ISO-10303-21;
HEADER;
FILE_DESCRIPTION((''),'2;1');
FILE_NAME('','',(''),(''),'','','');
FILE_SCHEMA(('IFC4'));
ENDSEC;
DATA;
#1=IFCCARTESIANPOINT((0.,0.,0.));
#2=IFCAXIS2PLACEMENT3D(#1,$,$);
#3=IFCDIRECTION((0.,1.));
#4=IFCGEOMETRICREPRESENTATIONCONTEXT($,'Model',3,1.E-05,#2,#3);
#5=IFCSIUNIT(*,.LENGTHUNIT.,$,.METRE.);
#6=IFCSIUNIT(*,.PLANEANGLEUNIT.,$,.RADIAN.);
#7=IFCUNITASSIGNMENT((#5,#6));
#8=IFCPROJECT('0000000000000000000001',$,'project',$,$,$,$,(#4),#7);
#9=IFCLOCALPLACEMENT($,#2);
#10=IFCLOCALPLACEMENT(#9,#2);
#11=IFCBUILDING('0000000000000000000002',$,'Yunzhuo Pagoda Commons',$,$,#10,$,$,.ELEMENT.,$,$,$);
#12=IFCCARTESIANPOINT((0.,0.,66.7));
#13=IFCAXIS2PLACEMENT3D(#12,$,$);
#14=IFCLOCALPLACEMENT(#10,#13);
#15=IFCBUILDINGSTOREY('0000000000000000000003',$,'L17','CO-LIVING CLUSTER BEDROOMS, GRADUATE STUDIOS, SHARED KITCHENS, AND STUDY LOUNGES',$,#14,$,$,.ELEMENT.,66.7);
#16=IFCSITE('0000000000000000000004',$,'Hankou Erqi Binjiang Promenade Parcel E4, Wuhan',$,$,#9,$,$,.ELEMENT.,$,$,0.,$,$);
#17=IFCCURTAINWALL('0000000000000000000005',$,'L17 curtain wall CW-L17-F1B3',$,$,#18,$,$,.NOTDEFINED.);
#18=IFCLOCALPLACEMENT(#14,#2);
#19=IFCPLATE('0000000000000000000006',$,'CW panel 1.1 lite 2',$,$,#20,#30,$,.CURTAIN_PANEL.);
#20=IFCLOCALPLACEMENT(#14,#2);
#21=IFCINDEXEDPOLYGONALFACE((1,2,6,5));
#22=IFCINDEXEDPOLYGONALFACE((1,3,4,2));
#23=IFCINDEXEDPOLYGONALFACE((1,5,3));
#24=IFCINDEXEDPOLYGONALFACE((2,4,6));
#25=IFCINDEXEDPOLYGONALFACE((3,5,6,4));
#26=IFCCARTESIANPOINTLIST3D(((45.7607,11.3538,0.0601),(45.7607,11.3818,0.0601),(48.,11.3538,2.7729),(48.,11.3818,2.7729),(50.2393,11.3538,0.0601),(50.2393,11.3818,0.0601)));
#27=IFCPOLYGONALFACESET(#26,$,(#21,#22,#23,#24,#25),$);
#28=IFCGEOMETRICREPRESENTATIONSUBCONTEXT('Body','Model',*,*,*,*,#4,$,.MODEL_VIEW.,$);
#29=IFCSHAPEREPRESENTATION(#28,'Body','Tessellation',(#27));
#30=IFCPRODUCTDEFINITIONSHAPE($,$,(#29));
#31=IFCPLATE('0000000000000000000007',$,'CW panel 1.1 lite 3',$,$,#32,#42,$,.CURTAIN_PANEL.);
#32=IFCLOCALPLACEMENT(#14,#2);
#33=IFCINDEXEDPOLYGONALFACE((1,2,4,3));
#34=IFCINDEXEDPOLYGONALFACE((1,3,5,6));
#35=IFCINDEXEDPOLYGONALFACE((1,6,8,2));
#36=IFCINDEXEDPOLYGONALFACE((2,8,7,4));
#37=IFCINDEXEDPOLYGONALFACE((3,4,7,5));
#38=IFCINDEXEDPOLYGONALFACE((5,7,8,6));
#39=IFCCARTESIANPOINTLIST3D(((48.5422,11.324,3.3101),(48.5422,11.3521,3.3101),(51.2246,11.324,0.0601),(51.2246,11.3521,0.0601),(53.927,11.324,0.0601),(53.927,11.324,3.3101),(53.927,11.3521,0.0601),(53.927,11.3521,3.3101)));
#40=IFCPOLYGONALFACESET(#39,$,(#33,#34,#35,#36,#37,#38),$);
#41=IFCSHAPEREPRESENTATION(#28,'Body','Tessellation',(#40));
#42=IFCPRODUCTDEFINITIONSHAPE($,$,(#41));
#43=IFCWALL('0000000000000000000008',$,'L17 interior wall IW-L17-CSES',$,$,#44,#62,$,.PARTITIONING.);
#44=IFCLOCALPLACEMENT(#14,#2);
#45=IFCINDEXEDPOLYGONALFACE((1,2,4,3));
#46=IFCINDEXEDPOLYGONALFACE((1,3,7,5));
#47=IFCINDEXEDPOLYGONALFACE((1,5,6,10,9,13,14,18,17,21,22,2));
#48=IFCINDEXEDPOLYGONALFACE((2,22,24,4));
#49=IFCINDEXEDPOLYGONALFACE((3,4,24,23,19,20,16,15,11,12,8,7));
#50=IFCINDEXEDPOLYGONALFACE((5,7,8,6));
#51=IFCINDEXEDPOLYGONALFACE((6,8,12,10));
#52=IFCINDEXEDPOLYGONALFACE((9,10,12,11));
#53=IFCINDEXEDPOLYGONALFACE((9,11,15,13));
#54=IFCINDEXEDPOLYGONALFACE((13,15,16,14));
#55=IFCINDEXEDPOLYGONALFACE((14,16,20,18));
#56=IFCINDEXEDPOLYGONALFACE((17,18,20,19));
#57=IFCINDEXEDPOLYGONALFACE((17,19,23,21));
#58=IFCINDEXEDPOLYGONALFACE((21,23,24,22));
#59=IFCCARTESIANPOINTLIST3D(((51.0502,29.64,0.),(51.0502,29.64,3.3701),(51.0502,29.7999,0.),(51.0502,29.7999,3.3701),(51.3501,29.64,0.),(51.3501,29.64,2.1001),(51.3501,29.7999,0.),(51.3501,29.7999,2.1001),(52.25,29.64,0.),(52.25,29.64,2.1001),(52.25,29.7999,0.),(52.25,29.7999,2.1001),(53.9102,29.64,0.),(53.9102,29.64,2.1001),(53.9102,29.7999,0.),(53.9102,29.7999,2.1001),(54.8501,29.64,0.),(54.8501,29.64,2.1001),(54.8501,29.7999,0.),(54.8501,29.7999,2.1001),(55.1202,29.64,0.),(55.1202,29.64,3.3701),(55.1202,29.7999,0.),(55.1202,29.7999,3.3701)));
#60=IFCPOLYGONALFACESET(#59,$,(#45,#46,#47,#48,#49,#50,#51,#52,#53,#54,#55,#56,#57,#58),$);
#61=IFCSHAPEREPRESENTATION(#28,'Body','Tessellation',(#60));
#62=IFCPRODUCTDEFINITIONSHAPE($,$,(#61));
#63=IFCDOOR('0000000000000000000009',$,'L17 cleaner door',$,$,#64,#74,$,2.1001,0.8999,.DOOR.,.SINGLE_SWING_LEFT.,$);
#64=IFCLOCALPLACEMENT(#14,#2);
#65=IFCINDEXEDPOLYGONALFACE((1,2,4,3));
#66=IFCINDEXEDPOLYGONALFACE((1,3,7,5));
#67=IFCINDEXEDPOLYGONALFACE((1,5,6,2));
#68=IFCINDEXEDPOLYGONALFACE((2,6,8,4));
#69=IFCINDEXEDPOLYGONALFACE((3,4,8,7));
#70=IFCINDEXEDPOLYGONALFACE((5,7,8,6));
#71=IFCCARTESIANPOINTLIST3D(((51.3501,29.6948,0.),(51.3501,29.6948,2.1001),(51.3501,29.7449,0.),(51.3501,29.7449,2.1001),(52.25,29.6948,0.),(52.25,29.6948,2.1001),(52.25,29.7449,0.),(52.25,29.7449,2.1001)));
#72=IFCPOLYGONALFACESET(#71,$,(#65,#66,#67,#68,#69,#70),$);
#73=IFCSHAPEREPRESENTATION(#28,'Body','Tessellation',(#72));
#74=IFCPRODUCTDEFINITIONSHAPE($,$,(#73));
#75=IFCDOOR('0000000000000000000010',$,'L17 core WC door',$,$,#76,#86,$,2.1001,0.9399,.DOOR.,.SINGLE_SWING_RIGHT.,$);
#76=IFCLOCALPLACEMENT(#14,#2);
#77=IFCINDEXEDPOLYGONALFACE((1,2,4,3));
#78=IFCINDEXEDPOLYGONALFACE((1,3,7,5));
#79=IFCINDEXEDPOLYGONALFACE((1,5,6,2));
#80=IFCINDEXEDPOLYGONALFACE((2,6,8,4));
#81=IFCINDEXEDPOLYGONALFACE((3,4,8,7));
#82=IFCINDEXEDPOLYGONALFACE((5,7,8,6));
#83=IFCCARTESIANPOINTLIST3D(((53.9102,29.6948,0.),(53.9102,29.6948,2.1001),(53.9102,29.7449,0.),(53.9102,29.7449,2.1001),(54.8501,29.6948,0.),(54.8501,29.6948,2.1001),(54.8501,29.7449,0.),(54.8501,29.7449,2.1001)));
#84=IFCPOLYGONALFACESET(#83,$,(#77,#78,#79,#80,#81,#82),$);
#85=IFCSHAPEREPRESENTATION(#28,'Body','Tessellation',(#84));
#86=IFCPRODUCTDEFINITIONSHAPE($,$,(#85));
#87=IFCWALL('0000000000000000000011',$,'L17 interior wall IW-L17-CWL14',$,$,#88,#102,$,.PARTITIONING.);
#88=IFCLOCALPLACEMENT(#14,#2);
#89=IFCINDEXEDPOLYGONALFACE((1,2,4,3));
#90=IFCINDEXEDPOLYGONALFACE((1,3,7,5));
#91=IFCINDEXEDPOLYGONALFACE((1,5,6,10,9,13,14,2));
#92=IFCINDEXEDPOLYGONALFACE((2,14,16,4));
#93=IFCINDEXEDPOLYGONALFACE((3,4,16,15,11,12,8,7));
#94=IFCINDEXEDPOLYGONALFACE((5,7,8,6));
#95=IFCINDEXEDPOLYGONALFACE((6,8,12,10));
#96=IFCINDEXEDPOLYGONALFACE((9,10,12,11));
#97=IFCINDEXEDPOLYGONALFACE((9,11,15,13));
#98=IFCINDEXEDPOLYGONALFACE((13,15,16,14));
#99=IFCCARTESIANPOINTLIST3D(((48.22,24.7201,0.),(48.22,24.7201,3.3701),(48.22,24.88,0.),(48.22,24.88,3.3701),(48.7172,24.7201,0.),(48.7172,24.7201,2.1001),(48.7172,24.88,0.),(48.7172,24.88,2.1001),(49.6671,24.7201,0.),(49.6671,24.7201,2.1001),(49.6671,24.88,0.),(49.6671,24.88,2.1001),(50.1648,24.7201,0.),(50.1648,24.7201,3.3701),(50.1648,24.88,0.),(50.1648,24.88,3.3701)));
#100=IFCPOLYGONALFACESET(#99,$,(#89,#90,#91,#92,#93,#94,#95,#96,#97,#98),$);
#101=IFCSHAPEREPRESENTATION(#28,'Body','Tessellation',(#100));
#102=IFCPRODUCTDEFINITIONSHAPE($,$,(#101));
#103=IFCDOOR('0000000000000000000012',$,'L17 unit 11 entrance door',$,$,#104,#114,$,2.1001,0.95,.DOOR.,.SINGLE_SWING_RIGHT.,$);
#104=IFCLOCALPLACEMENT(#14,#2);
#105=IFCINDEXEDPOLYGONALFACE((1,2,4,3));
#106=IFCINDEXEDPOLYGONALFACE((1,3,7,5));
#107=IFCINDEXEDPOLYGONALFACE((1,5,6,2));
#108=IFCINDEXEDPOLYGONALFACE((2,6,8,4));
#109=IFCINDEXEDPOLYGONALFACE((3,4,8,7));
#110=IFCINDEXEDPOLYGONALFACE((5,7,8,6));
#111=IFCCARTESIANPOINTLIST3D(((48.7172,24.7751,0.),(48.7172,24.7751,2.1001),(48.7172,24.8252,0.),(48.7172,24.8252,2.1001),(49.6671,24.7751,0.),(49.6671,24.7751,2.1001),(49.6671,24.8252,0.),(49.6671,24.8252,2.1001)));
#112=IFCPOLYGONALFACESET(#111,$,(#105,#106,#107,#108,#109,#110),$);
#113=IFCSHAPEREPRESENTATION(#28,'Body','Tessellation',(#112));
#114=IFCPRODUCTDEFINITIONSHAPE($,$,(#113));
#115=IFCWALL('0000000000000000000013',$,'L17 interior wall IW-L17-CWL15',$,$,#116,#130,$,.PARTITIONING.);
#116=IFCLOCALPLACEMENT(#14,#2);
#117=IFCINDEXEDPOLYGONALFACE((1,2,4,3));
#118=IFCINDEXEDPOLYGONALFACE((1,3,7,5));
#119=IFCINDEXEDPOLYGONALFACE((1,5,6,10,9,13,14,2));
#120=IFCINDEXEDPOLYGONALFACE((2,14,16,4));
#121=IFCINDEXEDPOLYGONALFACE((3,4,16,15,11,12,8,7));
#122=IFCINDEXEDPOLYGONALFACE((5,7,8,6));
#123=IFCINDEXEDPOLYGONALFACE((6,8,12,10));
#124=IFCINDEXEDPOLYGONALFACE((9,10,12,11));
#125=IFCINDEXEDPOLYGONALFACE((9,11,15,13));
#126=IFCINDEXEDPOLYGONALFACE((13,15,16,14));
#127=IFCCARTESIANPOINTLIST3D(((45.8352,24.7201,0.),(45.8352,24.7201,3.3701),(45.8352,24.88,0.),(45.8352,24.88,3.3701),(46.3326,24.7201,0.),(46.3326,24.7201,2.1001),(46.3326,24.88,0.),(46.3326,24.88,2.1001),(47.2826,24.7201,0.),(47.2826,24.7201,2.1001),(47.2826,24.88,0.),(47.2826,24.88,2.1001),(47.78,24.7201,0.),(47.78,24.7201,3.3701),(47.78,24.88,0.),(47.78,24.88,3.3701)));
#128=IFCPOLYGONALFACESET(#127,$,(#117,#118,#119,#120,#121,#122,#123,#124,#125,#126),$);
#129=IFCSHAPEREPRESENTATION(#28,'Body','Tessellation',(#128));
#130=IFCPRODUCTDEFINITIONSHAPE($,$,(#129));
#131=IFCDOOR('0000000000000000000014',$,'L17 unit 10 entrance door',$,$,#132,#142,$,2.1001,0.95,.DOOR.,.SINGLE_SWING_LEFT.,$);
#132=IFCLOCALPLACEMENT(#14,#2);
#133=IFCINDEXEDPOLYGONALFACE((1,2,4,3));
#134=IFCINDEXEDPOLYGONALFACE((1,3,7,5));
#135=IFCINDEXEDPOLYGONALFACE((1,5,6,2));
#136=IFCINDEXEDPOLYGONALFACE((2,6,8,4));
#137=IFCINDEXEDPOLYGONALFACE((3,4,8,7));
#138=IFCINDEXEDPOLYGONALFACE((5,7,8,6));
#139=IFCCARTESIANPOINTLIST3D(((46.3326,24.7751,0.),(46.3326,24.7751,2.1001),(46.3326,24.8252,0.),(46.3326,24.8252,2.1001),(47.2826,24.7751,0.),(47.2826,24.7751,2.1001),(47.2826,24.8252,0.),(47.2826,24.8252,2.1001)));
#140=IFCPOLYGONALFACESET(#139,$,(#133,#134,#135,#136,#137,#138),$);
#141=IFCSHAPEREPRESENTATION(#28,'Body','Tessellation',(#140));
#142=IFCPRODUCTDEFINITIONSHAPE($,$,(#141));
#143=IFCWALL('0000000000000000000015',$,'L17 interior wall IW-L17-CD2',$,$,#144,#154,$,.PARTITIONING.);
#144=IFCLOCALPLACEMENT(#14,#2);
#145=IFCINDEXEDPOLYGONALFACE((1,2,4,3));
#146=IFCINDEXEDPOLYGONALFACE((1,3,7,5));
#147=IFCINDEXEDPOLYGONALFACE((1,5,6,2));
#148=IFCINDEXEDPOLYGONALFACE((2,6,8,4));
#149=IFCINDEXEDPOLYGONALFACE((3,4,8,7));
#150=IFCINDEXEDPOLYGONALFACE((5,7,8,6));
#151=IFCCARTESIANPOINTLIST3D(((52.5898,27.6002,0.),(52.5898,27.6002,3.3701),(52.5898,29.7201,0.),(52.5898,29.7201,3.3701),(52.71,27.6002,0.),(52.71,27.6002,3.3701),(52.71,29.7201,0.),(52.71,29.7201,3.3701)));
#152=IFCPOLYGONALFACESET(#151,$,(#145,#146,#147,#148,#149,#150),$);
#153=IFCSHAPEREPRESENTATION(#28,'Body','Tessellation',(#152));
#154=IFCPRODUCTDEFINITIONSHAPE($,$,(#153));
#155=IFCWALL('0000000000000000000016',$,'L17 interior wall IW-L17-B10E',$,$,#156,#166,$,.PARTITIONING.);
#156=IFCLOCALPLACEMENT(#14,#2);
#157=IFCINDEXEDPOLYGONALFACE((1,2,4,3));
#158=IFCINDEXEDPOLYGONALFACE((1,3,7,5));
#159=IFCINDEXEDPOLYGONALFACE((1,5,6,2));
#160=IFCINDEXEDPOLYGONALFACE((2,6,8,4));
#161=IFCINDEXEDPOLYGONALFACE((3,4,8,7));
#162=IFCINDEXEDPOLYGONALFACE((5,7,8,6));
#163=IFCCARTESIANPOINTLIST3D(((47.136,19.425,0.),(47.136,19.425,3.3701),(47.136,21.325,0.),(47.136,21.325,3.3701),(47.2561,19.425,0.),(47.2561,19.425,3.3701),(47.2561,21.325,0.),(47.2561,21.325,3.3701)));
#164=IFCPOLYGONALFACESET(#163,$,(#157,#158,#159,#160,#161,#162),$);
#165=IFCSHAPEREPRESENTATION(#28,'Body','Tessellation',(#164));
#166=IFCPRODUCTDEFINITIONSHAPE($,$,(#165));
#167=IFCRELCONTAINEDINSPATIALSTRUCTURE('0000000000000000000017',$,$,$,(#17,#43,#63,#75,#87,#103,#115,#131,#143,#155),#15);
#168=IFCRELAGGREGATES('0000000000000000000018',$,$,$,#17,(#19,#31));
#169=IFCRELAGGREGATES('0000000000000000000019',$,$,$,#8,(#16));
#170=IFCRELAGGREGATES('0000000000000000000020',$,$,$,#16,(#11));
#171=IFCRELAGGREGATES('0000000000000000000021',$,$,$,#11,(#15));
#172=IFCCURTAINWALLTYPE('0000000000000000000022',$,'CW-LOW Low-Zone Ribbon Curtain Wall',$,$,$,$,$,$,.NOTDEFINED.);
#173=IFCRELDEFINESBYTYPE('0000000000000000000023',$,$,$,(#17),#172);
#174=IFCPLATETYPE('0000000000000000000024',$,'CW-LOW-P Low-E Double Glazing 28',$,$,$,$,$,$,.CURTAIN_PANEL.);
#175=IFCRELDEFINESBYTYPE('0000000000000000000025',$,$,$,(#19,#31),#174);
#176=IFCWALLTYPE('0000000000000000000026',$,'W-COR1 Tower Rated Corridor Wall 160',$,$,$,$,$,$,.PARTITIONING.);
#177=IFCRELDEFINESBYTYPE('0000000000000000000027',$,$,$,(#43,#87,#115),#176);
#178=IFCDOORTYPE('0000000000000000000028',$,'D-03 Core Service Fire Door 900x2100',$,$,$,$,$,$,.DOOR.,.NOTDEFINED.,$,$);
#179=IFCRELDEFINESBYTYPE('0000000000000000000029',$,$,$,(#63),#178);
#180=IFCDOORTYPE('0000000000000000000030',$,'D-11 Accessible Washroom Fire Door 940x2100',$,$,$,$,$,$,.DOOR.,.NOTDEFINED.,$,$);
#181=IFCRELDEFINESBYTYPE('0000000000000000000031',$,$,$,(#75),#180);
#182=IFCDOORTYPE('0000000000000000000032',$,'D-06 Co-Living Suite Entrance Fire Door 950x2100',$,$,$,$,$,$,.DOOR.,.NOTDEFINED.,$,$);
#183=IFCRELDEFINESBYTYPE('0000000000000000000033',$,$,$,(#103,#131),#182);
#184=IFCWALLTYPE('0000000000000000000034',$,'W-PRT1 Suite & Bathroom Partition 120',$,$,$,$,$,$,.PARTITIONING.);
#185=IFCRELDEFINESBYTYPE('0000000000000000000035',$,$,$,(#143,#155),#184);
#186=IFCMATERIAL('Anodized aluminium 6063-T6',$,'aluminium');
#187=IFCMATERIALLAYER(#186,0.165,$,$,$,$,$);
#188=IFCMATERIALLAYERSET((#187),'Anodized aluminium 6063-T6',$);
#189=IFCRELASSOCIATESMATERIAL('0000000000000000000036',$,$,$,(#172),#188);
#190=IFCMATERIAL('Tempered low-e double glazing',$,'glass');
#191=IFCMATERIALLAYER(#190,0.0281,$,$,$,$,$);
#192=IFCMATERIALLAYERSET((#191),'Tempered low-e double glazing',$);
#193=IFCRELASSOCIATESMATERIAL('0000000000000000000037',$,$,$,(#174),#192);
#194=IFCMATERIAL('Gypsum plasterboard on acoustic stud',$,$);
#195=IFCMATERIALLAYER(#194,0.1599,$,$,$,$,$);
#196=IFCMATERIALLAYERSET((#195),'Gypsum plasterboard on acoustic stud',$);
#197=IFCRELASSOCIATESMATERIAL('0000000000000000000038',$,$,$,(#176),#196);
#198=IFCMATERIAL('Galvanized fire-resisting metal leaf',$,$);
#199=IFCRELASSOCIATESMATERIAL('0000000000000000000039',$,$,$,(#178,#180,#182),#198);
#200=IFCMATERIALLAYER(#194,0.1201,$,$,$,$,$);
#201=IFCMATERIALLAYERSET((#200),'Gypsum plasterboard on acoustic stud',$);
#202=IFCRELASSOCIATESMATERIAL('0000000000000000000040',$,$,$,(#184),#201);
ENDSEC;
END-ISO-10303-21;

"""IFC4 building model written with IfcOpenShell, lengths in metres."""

from ifc_helpers import new_model, si_unit, direction, frame, frame_2d, origin, origin_with_axes, place, context, subcontext, project, spatial, polyline, rectangle, outline, extrude, source, transform, mapped, material, layer, layer_set, type_object, element, fill, aggregate, save


model = new_model("IFC4")

# Units and contexts
model_context = context("Model", 3, precision=1e-05, world=origin(), true_north=direction((0.0, 1.0)))
body_context = subcontext(model_context, "Body", "Model", "MODEL_VIEW")
ifc_project = project(units=[si_unit("LENGTHUNIT", "METRE"), si_unit("PLANEANGLEUNIT", "RADIAN")], contexts=[model_context])

# Site, building, storey
site_placement = place(None, origin())
site = spatial("IfcSite", under=ifc_project, at=site_placement, Name="Hankou Erqi Binjiang Promenade Parcel E4, Wuhan", CompositionType="ELEMENT", RefElevation=0.0)
building_placement = place(site_placement, origin())
building = spatial("IfcBuilding", under=site, at=building_placement, Name="Yunzhuo Pagoda Commons", CompositionType="ELEMENT")
storey_placement = place(building_placement, frame((0.0, 0.0, 66.7)))
storey = spatial("IfcBuildingStorey", under=building, at=storey_placement, Name="L17", Description="CO-LIVING CLUSTER BEDROOMS, GRADUATE STUDIOS, SHARED KITCHENS, AND STUDY LOUNGES", CompositionType="ELEMENT", Elevation=66.7)

# Curtain wall, plates
ifc_material_1 = material(Name="Anodized aluminium 6063-T6", Category="aluminium")
ifc_layer_1 = layer(ifc_material_1, 0.165)
ifc_layer_set_1 = layer_set([ifc_layer_1], Name="Anodized aluminium 6063-T6")
curtain_wall_type = type_object("IfcCurtainWallType", Name="CW-LOW Low-Zone Ribbon Curtain Wall", PredefinedType="NOTDEFINED", material=ifc_layer_set_1)
curtain_wall_placement = place(storey_placement, origin())
curtain_wall = element("IfcCurtainWall", 1, at=curtain_wall_placement, inside=storey, type_object=curtain_wall_type, Name="L17 curtain wall CW-L17-F1B3", PredefinedType="NOTDEFINED")
ifc_material_2 = material(Name="Tempered low-e double glazing", Category="glass")
ifc_layer_2 = layer(ifc_material_2, 0.0281)
ifc_layer_set_2 = layer_set([ifc_layer_2], Name="Tempered low-e double glazing")
plate_type = type_object("IfcPlateType", Name="CW-LOW-P Low-E Double Glazing 28", PredefinedType="CURTAIN_PANEL", material=ifc_layer_set_2)
plate_1_placement = place(storey_placement, frame((48.0, 11.3818, 1.4165), z_axis=(0.0, -1.0, 0.0), x_axis=(1.0, 0.0, 0.0)))
plate_1 = element("IfcPlate", 2, at=plate_1_placement, type_object=plate_type, Name="CW panel 1.1 lite 2", PredefinedType="CURTAIN_PANEL", context=body_context, shape_type="SweptSolid", body=[
    extrude(outline(polyline([(-2.2393, -1.3564), (2.2393, -1.3564), (0.0, 1.3564), (-2.2393, -1.3564)])), origin(), (0.0, 0.0, 1.0), 0.0281),
])
plate_2_placement = place(storey_placement, frame((51.2346, 11.3521, 1.6851), z_axis=(0.0, -1.0, 0.0), x_axis=(1.0, 0.0, 0.0)))
plate_2 = element("IfcPlate", 3, at=plate_2_placement, type_object=plate_type, Name="CW panel 1.1 lite 3", PredefinedType="CURTAIN_PANEL", context=body_context, shape_type="SweptSolid", body=[
    extrude(outline(polyline([(-2.6924, 1.625), (-0.01, -1.625), (2.6924, -1.625), (2.6924, 1.625), (-2.6924, 1.625)])), origin(), (0.0, 0.0, 1.0), 0.0281),
])
aggregate(curtain_wall, [plate_1, plate_2])

# Wall, openings, doors
ifc_material_3 = material(Name="Gypsum plasterboard on acoustic stud")
ifc_layer_3 = layer(ifc_material_3, 0.1599)
ifc_layer_set_3 = layer_set([ifc_layer_3], Name="Gypsum plasterboard on acoustic stud")
wall_type_1 = type_object("IfcWallType", Name="W-COR1 Tower Rated Corridor Wall 160", PredefinedType="PARTITIONING", material=ifc_layer_set_3)
wall_1_placement = place(storey_placement, frame((51.05, 29.72, 0.0), z_axis=(0.0, 0.0, 1.0), x_axis=(1.0, 0.0, 0.0)))
wall_1 = element("IfcWall", 4, at=wall_1_placement, inside=storey, type_object=wall_type_1, Name="L17 interior wall IW-L17-CSES", PredefinedType="PARTITIONING", context=body_context, shape_type="SweptSolid", body=[
    extrude(rectangle(XDim=4.0701, YDim=0.1599, at=frame_2d((2.0352, 0.0))), origin(), (0.0, 0.0, 1.0), 3.3701),
])
opening_1_placement = place(wall_1_placement, frame((0.3, 0.0, 0.0)))
opening_1 = element("IfcOpeningElement", 5, at=opening_1_placement, cuts=wall_1, PredefinedType="OPENING", context=body_context, shape_type="SweptSolid", body=[
    extrude(rectangle(XDim=0.8999, YDim=2.1001, at=frame_2d((0.45, 1.05))), frame((0.0, 0.0898, 0.0), z_axis=(0.0, -1.0, 0.0), x_axis=(1.0, 0.0, 0.0)), (0.0, 0.0, 1.0), 0.1799),
])
opening_2_placement = place(wall_1_placement, frame((2.8601, 0.0, 0.0)))
opening_2 = element("IfcOpeningElement", 6, at=opening_2_placement, cuts=wall_1, PredefinedType="OPENING", context=body_context, shape_type="SweptSolid", body=[
    extrude(rectangle(XDim=0.9399, YDim=2.1001, at=frame_2d((0.47, 1.05))), frame((0.0, 0.0898, 0.0), z_axis=(0.0, -1.0, 0.0), x_axis=(1.0, 0.0, 0.0)), (0.0, 0.0, 1.0), 0.1799),
])
ifc_material_4 = material(Name="Galvanized fire-resisting metal leaf")
door_type_1 = type_object("IfcDoorType", Name="D-03 Core Service Fire Door 900x2100", OperationType="NOTDEFINED", PredefinedType="DOOR", material=ifc_material_4)
shared_shape_1 = source(origin(), body_context, "Body", "SweptSolid", [
    extrude(rectangle(XDim=0.8999, YDim=2.1001, at=frame_2d((0.45, 1.05))), frame((0.0, 0.0249, 0.0), z_axis=(0.0, -1.0, 0.0), x_axis=(1.0, 0.0, 0.0)), (0.0, 0.0, 1.0), 0.05),
])
door_1_placement = place(opening_1_placement, origin_with_axes())
door_1 = element("IfcDoor", 7, at=door_1_placement, inside=storey, type_object=door_type_1, Name="L17 cleaner door", OperationType="SINGLE_SWING_LEFT", OverallHeight=2.1001, OverallWidth=0.8999, PredefinedType="DOOR", context=body_context, shape_type="MappedRepresentation", body=[
    mapped(shared_shape_1, transform((0.0, 0.0, 0.0), scale=1.0)),
])
fill(opening_1, door_1)
door_type_2 = type_object("IfcDoorType", Name="D-11 Accessible Washroom Fire Door 940x2100", OperationType="NOTDEFINED", PredefinedType="DOOR", material=ifc_material_4)
shared_shape_2 = source(origin(), body_context, "Body", "SweptSolid", [
    extrude(rectangle(XDim=0.9399, YDim=2.1001, at=frame_2d((0.47, 1.05))), frame((0.0, 0.0249, 0.0), z_axis=(0.0, -1.0, 0.0), x_axis=(1.0, 0.0, 0.0)), (0.0, 0.0, 1.0), 0.05),
])
door_2_placement = place(opening_2_placement, origin_with_axes())
door_2 = element("IfcDoor", 8, at=door_2_placement, inside=storey, type_object=door_type_2, Name="L17 core WC door", OperationType="SINGLE_SWING_RIGHT", OverallHeight=2.1001, OverallWidth=0.9399, PredefinedType="DOOR", context=body_context, shape_type="MappedRepresentation", body=[
    mapped(shared_shape_2, transform((0.0, 0.0, 0.0), scale=1.0)),
])
fill(opening_2, door_2)

# Walls, openings, doors
wall_2_placement = place(storey_placement, frame((50.1648, 24.8, 0.0), z_axis=(0.0, 0.0, 1.0), x_axis=(-1.0, 0.0, 0.0)))
wall_2 = element("IfcWall", 9, at=wall_2_placement, inside=storey, type_object=wall_type_1, Name="L17 interior wall IW-L17-CWL14", PredefinedType="PARTITIONING", context=body_context, shape_type="SweptSolid", body=[
    extrude(rectangle(XDim=1.9448, YDim=0.1599, at=frame_2d((0.9724, 0.0))), origin(), (0.0, 0.0, 1.0), 3.3701),
])
opening_3_placement = place(wall_2_placement, frame((0.4976, 0.0, 0.0)))
opening_3 = element("IfcOpeningElement", 10, at=opening_3_placement, cuts=wall_2, PredefinedType="OPENING", context=body_context, shape_type="SweptSolid", body=[
    extrude(rectangle(XDim=0.95, YDim=2.1001, at=frame_2d((0.4751, 1.05))), frame((0.0, 0.0898, 0.0), z_axis=(0.0, -1.0, 0.0), x_axis=(1.0, 0.0, 0.0)), (0.0, 0.0, 1.0), 0.1799),
])
door_type_3 = type_object("IfcDoorType", Name="D-06 Co-Living Suite Entrance Fire Door 950x2100", OperationType="NOTDEFINED", PredefinedType="DOOR", material=ifc_material_4)
shared_shape_3 = source(origin(), body_context, "Body", "SweptSolid", [
    extrude(rectangle(XDim=0.95, YDim=2.1001, at=frame_2d((0.4751, 1.05))), frame((0.0, 0.0249, 0.0), z_axis=(0.0, -1.0, 0.0), x_axis=(1.0, 0.0, 0.0)), (0.0, 0.0, 1.0), 0.05),
])
door_3_placement = place(opening_3_placement, origin_with_axes())
door_3 = element("IfcDoor", 11, at=door_3_placement, inside=storey, type_object=door_type_3, Name="L17 unit 11 entrance door", OperationType="SINGLE_SWING_RIGHT", OverallHeight=2.1001, OverallWidth=0.95, PredefinedType="DOOR", context=body_context, shape_type="MappedRepresentation", body=[
    mapped(shared_shape_3, transform((0.0, 0.0, 0.0), scale=1.0)),
])
fill(opening_3, door_3)
wall_3_placement = place(storey_placement, frame((47.78, 24.8, 0.0), z_axis=(0.0, 0.0, 1.0), x_axis=(-1.0, 0.0, 0.0)))
wall_3 = element("IfcWall", 12, at=wall_3_placement, inside=storey, type_object=wall_type_1, Name="L17 interior wall IW-L17-CWL15", PredefinedType="PARTITIONING", context=body_context, shape_type="SweptSolid", body=[
    extrude(rectangle(XDim=1.9448, YDim=0.1599, at=frame_2d((0.9724, 0.0))), origin(), (0.0, 0.0, 1.0), 3.3701),
])
opening_4_placement = place(wall_3_placement, frame((0.4973, 0.0, 0.0)))
opening_4 = element("IfcOpeningElement", 13, at=opening_4_placement, cuts=wall_3, PredefinedType="OPENING", context=body_context, shape_type="SweptSolid", body=[
    extrude(rectangle(XDim=0.95, YDim=2.1001, at=frame_2d((0.4751, 1.05))), frame((0.0, 0.0898, 0.0), z_axis=(0.0, -1.0, 0.0), x_axis=(1.0, 0.0, 0.0)), (0.0, 0.0, 1.0), 0.1799),
])
door_4_placement = place(opening_4_placement, origin_with_axes())
door_4 = element("IfcDoor", 14, at=door_4_placement, inside=storey, type_object=door_type_3, Name="L17 unit 10 entrance door", OperationType="SINGLE_SWING_LEFT", OverallHeight=2.1001, OverallWidth=0.95, PredefinedType="DOOR", context=body_context, shape_type="MappedRepresentation", body=[
    mapped(shared_shape_3, transform((0.0, 0.0, 0.0), scale=1.0)),
])
fill(opening_4, door_4)

# Walls
ifc_layer_4 = layer(ifc_material_3, 0.1201)
ifc_layer_set_4 = layer_set([ifc_layer_4], Name="Gypsum plasterboard on acoustic stud")
wall_type_2 = type_object("IfcWallType", Name="W-PRT1 Suite & Bathroom Partition 120", PredefinedType="PARTITIONING", material=ifc_layer_set_4)
wall_4_placement = place(storey_placement, frame((52.6499, 27.6001, 0.0), z_axis=(0.0, 0.0, 1.0), x_axis=(0.0, 1.0, 0.0)))
element("IfcWall", 15, at=wall_4_placement, inside=storey, type_object=wall_type_2, Name="L17 interior wall IW-L17-CD2", PredefinedType="PARTITIONING", context=body_context, shape_type="SweptSolid", body=[
    extrude(rectangle(XDim=2.1199, YDim=0.1201, at=frame_2d((1.0601, 0.0))), origin(), (0.0, 0.0, 1.0), 3.3701),
])
wall_5_placement = place(storey_placement, frame((47.196, 19.425, 0.0), z_axis=(0.0, 0.0, 1.0), x_axis=(0.0, 1.0, 0.0)))
element("IfcWall", 16, at=wall_5_placement, inside=storey, type_object=wall_type_2, Name="L17 interior wall IW-L17-B10E", PredefinedType="PARTITIONING", context=body_context, shape_type="SweptSolid", body=[
    extrude(rectangle(XDim=1.8999, YDim=0.1201, at=frame_2d((0.95, 0.0))), origin(), (0.0, 0.0, 1.0), 3.3701),
])

save(model, "model.ifc")
